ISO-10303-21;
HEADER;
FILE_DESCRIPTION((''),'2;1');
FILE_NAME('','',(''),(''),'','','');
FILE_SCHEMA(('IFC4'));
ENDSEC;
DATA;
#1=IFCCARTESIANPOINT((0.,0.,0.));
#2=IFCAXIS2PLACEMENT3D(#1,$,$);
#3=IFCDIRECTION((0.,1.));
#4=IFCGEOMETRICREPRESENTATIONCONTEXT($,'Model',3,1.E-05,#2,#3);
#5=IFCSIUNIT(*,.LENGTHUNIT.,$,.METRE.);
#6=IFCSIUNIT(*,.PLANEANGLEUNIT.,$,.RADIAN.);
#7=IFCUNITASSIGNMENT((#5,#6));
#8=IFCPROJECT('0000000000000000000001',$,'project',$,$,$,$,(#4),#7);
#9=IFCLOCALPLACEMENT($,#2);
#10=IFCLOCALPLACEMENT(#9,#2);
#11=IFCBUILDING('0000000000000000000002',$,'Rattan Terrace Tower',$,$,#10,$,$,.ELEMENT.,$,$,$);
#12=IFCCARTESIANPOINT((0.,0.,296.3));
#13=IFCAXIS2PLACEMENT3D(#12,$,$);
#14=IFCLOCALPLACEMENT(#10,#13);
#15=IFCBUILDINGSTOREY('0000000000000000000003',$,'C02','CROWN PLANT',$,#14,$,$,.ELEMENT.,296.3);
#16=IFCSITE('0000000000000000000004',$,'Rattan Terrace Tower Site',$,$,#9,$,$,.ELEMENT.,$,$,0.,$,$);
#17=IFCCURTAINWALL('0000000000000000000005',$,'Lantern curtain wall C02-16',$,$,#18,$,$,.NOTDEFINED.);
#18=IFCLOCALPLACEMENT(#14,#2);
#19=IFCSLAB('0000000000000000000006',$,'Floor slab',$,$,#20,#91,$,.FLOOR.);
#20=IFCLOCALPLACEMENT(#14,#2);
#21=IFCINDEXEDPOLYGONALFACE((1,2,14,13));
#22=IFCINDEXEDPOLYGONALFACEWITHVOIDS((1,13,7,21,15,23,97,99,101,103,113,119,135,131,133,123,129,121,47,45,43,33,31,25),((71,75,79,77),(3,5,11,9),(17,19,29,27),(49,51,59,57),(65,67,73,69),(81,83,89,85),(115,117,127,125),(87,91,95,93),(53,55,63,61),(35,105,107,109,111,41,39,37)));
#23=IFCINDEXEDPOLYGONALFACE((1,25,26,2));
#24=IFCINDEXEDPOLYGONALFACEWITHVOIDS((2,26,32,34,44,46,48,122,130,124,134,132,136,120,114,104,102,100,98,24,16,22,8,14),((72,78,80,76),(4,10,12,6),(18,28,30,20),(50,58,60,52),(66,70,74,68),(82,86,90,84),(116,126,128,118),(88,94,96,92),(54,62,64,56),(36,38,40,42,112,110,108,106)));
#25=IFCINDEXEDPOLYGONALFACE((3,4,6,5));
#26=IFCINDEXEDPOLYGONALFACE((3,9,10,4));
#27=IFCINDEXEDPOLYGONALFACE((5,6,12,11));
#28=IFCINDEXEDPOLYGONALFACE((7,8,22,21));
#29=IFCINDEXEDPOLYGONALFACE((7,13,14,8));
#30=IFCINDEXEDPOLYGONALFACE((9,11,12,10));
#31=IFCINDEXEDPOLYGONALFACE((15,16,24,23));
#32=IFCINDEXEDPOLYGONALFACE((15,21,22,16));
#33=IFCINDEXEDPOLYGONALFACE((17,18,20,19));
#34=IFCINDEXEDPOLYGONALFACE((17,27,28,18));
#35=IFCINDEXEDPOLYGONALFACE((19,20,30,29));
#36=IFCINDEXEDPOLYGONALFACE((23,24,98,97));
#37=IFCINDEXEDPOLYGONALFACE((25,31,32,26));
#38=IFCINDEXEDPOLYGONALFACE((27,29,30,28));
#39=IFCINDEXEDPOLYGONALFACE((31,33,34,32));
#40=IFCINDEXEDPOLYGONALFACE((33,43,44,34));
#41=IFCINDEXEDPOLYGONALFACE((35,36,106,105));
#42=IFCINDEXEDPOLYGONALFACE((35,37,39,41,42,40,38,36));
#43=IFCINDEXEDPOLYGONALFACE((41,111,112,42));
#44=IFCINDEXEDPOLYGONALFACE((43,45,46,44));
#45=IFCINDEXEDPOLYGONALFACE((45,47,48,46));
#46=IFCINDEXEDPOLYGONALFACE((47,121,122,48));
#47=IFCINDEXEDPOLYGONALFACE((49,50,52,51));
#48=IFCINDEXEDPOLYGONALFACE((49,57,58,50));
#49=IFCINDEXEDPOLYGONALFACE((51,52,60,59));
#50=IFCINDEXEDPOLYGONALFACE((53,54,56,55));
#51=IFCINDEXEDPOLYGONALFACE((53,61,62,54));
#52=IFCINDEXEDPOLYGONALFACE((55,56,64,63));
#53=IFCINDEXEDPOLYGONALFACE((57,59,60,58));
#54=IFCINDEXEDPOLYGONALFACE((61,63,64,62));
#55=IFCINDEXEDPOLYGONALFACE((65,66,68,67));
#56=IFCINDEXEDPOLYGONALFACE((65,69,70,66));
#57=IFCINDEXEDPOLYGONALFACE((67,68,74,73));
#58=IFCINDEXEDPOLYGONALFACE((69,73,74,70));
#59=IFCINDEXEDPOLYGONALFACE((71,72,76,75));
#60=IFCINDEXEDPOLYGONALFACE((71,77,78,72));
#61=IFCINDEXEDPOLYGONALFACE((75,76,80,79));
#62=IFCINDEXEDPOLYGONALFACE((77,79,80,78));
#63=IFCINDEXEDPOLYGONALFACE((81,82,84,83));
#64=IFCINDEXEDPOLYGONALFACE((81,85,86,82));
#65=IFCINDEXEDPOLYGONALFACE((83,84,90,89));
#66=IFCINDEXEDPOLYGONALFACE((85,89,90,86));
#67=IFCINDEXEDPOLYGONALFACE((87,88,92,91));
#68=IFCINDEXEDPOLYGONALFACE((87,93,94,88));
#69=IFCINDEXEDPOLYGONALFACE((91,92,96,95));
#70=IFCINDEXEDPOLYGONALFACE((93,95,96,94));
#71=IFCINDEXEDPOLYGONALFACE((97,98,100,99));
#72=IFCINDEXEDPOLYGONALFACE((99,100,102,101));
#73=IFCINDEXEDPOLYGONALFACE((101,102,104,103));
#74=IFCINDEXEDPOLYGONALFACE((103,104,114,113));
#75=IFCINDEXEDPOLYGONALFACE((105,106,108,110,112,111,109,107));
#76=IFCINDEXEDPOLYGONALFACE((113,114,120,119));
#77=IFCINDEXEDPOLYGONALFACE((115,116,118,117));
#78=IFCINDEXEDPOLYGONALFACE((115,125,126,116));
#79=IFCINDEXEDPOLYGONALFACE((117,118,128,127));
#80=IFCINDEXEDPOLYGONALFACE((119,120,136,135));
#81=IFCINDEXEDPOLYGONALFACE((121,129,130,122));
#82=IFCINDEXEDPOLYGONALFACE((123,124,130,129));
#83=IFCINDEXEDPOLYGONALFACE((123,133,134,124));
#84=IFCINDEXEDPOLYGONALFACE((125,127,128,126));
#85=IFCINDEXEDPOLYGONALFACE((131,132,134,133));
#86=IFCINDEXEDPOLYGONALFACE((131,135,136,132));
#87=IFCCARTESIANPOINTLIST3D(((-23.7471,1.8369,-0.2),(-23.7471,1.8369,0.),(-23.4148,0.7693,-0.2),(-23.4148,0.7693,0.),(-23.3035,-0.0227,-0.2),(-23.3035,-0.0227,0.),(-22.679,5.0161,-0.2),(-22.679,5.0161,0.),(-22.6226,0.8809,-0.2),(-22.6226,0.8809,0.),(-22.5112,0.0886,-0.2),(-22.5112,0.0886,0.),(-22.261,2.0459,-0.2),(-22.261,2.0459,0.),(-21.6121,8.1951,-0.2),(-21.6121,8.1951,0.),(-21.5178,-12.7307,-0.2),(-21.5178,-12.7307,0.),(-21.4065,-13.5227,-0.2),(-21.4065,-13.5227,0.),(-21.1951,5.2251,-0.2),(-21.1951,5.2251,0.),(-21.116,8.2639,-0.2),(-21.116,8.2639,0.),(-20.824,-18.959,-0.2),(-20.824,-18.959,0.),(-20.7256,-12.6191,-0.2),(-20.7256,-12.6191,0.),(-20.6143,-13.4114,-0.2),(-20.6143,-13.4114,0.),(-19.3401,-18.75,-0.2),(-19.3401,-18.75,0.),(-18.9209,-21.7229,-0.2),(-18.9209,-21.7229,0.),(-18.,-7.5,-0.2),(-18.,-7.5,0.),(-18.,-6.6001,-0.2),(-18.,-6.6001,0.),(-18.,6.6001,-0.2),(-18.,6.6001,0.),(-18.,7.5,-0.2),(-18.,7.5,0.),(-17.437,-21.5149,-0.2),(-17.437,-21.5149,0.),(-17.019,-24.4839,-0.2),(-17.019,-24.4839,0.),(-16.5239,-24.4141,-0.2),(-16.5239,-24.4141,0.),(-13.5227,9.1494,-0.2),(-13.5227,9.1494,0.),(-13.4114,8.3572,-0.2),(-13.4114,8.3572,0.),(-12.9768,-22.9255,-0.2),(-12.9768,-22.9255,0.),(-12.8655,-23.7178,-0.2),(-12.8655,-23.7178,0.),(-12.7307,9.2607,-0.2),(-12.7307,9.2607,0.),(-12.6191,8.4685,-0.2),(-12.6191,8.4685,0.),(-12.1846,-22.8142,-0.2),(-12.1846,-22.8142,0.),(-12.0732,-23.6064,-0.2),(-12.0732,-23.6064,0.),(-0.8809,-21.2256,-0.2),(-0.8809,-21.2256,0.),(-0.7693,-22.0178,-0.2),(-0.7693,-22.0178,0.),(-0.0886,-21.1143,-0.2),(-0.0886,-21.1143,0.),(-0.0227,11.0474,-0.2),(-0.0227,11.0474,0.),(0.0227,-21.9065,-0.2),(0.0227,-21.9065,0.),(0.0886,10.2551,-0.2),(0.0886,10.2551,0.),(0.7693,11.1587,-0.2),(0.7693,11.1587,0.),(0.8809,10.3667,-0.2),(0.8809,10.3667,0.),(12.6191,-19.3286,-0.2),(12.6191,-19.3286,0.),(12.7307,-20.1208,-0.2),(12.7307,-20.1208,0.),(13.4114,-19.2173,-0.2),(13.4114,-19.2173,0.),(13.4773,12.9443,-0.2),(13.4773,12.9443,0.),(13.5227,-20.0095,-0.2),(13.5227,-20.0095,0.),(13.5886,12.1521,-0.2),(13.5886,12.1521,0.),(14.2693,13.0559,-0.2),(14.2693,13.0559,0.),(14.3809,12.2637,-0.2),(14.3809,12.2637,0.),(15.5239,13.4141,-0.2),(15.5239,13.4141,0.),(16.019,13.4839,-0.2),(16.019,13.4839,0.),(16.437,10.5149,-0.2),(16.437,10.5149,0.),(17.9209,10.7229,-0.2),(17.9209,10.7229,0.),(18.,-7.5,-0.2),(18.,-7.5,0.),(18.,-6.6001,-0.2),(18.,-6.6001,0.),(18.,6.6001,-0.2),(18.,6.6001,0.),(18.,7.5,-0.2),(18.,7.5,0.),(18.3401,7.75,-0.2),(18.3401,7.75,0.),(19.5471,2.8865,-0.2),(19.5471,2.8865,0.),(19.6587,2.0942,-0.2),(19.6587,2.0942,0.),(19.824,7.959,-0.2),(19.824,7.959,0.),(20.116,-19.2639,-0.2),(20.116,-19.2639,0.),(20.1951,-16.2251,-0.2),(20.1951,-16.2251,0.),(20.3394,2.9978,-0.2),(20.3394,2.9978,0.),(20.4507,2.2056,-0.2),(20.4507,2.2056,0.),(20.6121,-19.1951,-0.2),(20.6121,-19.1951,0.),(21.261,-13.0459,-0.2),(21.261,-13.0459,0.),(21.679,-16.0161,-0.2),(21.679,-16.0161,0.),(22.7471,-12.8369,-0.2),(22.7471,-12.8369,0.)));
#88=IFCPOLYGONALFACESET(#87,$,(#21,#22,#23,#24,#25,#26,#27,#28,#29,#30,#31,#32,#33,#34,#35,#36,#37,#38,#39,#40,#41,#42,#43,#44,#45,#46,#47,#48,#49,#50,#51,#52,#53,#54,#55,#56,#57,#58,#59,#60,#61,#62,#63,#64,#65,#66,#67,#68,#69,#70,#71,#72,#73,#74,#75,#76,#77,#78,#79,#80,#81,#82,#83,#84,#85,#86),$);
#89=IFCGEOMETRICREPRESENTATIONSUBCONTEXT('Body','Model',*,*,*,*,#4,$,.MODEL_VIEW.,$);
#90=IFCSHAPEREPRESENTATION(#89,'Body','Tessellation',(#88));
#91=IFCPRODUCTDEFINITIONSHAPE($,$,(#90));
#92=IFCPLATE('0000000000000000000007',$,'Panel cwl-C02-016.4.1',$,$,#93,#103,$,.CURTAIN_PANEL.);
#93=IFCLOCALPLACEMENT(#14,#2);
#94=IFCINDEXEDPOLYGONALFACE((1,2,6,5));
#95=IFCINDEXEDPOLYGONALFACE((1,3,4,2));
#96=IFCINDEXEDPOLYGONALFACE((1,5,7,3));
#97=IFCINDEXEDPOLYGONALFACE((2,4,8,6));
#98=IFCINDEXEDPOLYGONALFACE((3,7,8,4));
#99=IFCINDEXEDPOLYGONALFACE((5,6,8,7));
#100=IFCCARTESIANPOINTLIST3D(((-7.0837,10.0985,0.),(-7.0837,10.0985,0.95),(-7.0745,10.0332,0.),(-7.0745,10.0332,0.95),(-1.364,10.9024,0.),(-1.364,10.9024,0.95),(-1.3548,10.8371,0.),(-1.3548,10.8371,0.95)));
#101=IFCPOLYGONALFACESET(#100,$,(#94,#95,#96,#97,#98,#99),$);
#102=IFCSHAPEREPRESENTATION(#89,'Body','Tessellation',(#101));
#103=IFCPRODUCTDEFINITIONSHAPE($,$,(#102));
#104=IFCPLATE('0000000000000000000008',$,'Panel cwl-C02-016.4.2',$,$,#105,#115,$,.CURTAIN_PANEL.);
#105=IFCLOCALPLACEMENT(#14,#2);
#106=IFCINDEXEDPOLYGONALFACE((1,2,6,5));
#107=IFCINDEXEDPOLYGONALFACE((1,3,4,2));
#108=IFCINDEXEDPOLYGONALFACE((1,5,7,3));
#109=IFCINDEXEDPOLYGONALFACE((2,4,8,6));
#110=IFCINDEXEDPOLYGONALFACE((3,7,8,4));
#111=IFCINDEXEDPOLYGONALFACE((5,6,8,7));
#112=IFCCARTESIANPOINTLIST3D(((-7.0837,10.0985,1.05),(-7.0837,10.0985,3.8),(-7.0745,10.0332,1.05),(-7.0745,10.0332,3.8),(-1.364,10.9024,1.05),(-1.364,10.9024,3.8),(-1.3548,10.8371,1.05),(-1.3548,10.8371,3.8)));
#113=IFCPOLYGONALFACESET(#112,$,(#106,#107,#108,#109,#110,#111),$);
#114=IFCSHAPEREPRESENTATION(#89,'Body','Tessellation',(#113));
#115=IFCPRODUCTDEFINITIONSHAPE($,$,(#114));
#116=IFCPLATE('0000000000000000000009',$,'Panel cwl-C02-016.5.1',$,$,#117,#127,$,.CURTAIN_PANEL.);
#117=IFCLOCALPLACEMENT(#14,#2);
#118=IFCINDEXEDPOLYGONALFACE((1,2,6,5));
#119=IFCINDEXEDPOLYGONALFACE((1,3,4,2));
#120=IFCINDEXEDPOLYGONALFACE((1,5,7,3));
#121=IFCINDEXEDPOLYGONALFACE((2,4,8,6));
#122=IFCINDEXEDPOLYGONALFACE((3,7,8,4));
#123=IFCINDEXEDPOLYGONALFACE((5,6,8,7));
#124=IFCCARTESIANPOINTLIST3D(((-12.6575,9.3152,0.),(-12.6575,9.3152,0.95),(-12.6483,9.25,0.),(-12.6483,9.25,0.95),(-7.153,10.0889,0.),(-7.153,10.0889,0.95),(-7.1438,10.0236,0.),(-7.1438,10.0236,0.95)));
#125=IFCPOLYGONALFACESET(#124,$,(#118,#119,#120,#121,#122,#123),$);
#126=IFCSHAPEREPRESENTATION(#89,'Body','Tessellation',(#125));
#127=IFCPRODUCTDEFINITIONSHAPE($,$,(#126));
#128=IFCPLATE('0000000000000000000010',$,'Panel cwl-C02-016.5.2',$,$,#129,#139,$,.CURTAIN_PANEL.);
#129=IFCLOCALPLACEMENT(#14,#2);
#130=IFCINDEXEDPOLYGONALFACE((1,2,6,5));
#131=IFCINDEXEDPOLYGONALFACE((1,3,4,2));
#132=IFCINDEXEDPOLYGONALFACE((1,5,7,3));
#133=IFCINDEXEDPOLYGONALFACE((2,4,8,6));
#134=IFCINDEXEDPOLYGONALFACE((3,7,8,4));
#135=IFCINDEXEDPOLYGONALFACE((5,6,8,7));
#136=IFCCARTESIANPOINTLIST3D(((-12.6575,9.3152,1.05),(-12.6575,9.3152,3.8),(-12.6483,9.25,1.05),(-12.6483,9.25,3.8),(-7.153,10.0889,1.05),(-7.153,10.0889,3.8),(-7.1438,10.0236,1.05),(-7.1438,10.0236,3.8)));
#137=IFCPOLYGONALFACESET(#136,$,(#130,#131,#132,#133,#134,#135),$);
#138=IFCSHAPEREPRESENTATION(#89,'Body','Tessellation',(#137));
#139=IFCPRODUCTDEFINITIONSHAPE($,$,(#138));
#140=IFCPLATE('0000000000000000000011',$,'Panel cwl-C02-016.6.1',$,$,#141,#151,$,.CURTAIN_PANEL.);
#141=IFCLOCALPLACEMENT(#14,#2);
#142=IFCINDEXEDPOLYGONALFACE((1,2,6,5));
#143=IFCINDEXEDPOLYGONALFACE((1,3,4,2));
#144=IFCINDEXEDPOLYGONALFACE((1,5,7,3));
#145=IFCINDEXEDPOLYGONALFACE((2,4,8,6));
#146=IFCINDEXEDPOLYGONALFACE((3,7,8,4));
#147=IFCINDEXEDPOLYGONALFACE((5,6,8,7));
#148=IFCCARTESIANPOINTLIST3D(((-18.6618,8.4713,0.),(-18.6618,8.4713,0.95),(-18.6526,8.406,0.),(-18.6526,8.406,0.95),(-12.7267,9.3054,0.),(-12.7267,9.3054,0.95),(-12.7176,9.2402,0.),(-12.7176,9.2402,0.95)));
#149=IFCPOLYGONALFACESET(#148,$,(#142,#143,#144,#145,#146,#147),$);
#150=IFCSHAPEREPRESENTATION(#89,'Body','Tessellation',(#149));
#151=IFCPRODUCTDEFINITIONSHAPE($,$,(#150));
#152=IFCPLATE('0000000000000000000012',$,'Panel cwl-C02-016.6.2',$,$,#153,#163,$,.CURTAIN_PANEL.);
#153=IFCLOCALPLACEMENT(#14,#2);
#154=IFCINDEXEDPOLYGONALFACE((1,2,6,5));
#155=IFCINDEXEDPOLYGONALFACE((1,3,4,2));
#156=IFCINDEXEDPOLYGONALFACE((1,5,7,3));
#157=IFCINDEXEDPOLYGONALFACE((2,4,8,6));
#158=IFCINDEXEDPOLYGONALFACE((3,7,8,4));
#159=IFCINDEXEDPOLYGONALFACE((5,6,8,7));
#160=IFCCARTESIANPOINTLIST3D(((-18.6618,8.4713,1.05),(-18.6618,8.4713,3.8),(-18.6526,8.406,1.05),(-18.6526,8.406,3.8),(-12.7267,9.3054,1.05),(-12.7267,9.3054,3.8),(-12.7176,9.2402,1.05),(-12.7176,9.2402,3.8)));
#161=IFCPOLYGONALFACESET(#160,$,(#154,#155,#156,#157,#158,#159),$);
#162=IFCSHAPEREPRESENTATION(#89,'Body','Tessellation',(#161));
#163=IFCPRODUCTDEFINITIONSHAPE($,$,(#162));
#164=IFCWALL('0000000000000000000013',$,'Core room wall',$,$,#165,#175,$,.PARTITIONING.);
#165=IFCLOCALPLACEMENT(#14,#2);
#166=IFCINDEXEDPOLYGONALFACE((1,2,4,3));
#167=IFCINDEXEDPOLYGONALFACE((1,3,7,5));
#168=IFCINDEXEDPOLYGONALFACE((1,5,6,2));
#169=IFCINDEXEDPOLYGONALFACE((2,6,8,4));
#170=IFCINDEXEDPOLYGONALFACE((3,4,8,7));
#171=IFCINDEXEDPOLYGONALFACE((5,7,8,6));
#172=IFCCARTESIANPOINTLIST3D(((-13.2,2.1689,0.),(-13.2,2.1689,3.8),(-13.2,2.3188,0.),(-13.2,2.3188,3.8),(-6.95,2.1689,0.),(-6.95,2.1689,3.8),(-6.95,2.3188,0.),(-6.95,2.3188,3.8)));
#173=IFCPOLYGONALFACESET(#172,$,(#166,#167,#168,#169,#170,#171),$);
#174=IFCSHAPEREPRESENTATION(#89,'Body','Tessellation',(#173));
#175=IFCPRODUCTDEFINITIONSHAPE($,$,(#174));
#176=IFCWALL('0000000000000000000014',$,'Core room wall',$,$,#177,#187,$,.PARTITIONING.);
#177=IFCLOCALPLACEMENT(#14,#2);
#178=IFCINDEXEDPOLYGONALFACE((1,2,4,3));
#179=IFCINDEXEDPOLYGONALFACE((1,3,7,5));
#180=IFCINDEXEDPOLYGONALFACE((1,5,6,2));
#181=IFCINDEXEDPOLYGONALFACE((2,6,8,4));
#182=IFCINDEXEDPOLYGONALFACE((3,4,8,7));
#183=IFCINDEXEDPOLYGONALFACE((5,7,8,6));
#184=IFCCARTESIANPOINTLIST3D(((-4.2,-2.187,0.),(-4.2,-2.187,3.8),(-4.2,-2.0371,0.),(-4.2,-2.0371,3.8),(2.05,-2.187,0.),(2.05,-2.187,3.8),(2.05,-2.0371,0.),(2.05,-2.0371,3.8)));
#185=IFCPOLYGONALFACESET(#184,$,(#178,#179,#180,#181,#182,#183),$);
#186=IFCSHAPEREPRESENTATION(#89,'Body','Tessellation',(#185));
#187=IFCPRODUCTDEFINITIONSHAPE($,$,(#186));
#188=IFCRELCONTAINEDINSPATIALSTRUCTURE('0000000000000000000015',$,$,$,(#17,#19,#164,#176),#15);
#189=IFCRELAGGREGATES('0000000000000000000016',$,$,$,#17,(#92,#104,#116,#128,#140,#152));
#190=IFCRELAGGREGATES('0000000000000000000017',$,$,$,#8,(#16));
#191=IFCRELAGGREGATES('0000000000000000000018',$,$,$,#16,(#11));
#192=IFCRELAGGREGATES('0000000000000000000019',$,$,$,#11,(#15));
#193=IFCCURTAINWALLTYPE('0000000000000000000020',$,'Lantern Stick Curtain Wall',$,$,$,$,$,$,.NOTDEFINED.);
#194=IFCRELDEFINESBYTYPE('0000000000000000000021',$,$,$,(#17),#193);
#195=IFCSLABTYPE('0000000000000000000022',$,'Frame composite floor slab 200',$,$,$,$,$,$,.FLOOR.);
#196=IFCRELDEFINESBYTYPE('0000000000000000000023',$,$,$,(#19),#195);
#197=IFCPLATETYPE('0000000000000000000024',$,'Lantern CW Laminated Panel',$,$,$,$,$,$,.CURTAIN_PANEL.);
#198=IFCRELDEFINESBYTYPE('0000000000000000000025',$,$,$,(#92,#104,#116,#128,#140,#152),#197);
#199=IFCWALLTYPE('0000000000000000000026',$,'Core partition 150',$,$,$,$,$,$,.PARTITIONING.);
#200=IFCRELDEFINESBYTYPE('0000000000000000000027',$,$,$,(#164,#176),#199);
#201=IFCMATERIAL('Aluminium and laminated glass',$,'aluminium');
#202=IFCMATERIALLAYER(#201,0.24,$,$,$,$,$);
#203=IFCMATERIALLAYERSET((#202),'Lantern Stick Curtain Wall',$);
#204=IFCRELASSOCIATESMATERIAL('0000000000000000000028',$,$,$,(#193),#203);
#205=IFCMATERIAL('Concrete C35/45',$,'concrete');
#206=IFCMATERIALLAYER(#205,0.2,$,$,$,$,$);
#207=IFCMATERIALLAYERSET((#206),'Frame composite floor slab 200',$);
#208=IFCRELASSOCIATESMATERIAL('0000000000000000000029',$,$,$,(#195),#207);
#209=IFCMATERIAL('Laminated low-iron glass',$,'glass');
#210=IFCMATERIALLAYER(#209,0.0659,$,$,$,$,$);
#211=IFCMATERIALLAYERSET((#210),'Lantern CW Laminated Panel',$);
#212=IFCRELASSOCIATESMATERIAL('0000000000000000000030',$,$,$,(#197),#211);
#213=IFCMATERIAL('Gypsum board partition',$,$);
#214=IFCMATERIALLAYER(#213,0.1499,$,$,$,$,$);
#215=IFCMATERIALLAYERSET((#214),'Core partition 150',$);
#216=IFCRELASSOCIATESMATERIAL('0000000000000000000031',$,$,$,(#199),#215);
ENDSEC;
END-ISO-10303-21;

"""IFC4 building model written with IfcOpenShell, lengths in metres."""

from ifc_helpers import new_model, si_unit, direction, frame, frame_2d, origin, origin_2d, place, context, subcontext, project, spatial, polyline, rectangle, outline, extrude, material, layer, layer_set, type_object, element, aggregate, save


model = new_model("IFC4")

# Units and contexts
model_context = context("Model", 3, precision=1e-05, world=origin(), true_north=direction((0.0, 1.0)))
body_context = subcontext(model_context, "Body", "Model", "MODEL_VIEW")
ifc_project = project(units=[si_unit("LENGTHUNIT", "METRE"), si_unit("PLANEANGLEUNIT", "RADIAN")], contexts=[model_context])

# Site, building, storey
site_placement = place(None, origin())
site = spatial("IfcSite", under=ifc_project, at=site_placement, Name="Rattan Terrace Tower Site", CompositionType="ELEMENT", RefElevation=0.0)
building_placement = place(site_placement, origin())
building = spatial("IfcBuilding", under=site, at=building_placement, Name="Rattan Terrace Tower", CompositionType="ELEMENT")
storey_placement = place(building_placement, frame((0.0, 0.0, 296.3)))
storey = spatial("IfcBuildingStorey", under=building, at=storey_placement, Name="C02", Description="CROWN PLANT", CompositionType="ELEMENT", Elevation=296.3)

# Curtain wall
ifc_material_1 = material(Name="Aluminium and laminated glass", Category="aluminium")
ifc_layer_1 = layer(ifc_material_1, 0.24)
ifc_layer_set_1 = layer_set([ifc_layer_1], Name="Lantern Stick Curtain Wall")
curtain_wall_type = type_object("IfcCurtainWallType", Name="Lantern Stick Curtain Wall", PredefinedType="NOTDEFINED", material=ifc_layer_set_1)
curtain_wall_placement = place(storey_placement, origin())
curtain_wall = element("IfcCurtainWall", 1, at=curtain_wall_placement, inside=storey, type_object=curtain_wall_type, Name="Lantern curtain wall C02-16", PredefinedType="NOTDEFINED")

# Slab
ifc_material_2 = material(Name="Concrete C35/45", Category="concrete")
ifc_layer_2 = layer(ifc_material_2, 0.2)
ifc_layer_set_2 = layer_set([ifc_layer_2], Name="Frame composite floor slab 200")
slab_type = type_object("IfcSlabType", Name="Frame composite floor slab 200", PredefinedType="FLOOR", material=ifc_layer_set_2)
slab_placement = place(storey_placement, frame((0.0, 0.0, -0.2)))
element("IfcSlab", 2, at=slab_placement, inside=storey, type_object=slab_type, Name="Floor slab", PredefinedType="FLOOR", context=body_context, shape_type="SweptSolid", body=[
    extrude(outline(polyline([(-22.261, 2.0459), (-23.7471, 1.8369), (-20.824, -18.959), (-19.3401, -18.75), (-18.9209, -21.7229), (-17.437, -21.5149), (-17.019, -24.4839), (-16.5239, -24.4141), (20.116, -19.2639), (20.6121, -19.1951), (20.1951, -16.2251), (21.679, -16.0161), (21.261, -13.0459), (22.7471, -12.8369), (19.824, 7.959), (18.3401, 7.75), (17.9209, 10.7229), (16.437, 10.5149), (16.019, 13.4839), (15.5239, 13.4141), (-21.116, 8.2639), (-21.6121, 8.1951), (-21.1951, 5.2251), (-22.679, 5.0161), (-22.261, 2.0459)]), holes=[polyline([(-12.0732, -23.6064), (-12.1846, -22.8142), (-12.9768, -22.9255), (-12.8655, -23.7178), (-12.0732, -23.6064)]), polyline([(0.0227, -21.9065), (-0.0886, -21.1143), (-0.8809, -21.2256), (-0.7693, -22.0178), (0.0227, -21.9065)]), polyline([(-20.7256, -12.6191), (-21.5178, -12.7307), (-21.4065, -13.5227), (-20.6143, -13.4114), (-20.7256, -12.6191)]), polyline([(-18.0, -6.6001), (-18.0, -7.5), (18.0, -7.5), (18.0, -6.6001), (18.0, 6.6001), (18.0, 7.5), (-18.0, 7.5), (-18.0, 6.6001), (-18.0, -6.6001)]), polyline([(-22.5112, 0.0886), (-22.6226, 0.8809), (-23.4148, 0.7693), (-23.3035, -0.0227), (-22.5112, 0.0886)]), polyline([(-12.6191, 8.4685), (-12.7307, 9.2607), (-13.5227, 9.1494), (-13.4114, 8.3572), (-12.6191, 8.4685)]), polyline([(13.5227, -20.0095), (13.4114, -19.2173), (12.6191, -19.3286), (12.7307, -20.1208), (13.5227, -20.0095)]), polyline([(20.4507, 2.2056), (20.3394, 2.9978), (19.5471, 2.8865), (19.6587, 2.0942), (20.4507, 2.2056)]), polyline([(0.0886, 10.2551), (0.8809, 10.3667), (0.7693, 11.1587), (-0.0227, 11.0474), (0.0886, 10.2551)]), polyline([(13.5886, 12.1521), (14.3809, 12.2637), (14.2693, 13.0559), (13.4773, 12.9443), (13.5886, 12.1521)])]), origin(), (0.0, 0.0, 1.0), 0.2),
])

# Plates
ifc_material_3 = material(Name="Laminated low-iron glass", Category="glass")
ifc_layer_3 = layer(ifc_material_3, 0.0659)
ifc_layer_set_3 = layer_set([ifc_layer_3], Name="Lantern CW Laminated Panel")
plate_type = type_object("IfcPlateType", Name="Lantern CW Laminated Panel", PredefinedType="CURTAIN_PANEL", material=ifc_layer_set_3)
plate_1_placement = place(storey_placement, frame((-4.2192, 10.4678, 0.0), z_axis=(0.0, 0.0, 1.0), x_axis=(-0.990267, -0.139181, 0.0)))
plate_1 = element("IfcPlate", 3, at=plate_1_placement, type_object=plate_type, Name="Panel cwl-C02-016.4.1", PredefinedType="CURTAIN_PANEL", context=body_context, shape_type="SweptSolid", body=[
    extrude(rectangle(XDim=5.7759, YDim=0.0659, at=origin_2d()), origin(), (0.0, 0.0, 1.0), 0.95),
])
plate_2_placement = place(storey_placement, frame((-4.2192, 10.4678, 1.05), z_axis=(0.0, 0.0, 1.0), x_axis=(-0.990267, -0.139181, 0.0)))
plate_2 = element("IfcPlate", 4, at=plate_2_placement, type_object=plate_type, Name="Panel cwl-C02-016.4.2", PredefinedType="CURTAIN_PANEL", context=body_context, shape_type="SweptSolid", body=[
    extrude(rectangle(XDim=5.7759, YDim=0.0659, at=origin_2d()), origin(), (0.0, 0.0, 1.0), 2.75),
])
plate_3_placement = place(storey_placement, frame((-9.9006, 9.6694, 0.0), z_axis=(0.0, 0.0, 1.0), x_axis=(-0.990267, -0.139181, 0.0)))
plate_3 = element("IfcPlate", 5, at=plate_3_placement, type_object=plate_type, Name="Panel cwl-C02-016.5.1", PredefinedType="CURTAIN_PANEL", context=body_context, shape_type="SweptSolid", body=[
    extrude(rectangle(XDim=5.5586, YDim=0.0659, at=origin_2d()), origin(), (0.0, 0.0, 1.0), 0.95),
])
plate_4_placement = place(storey_placement, frame((-9.9006, 9.6694, 1.05), z_axis=(0.0, 0.0, 1.0), x_axis=(-0.990267, -0.139181, 0.0)))
plate_4 = element("IfcPlate", 6, at=plate_4_placement, type_object=plate_type, Name="Panel cwl-C02-016.5.2", PredefinedType="CURTAIN_PANEL", context=body_context, shape_type="SweptSolid", body=[
    extrude(rectangle(XDim=5.5586, YDim=0.0659, at=origin_2d()), origin(), (0.0, 0.0, 1.0), 2.75),
])
plate_5_placement = place(storey_placement, frame((-15.6897, 8.8557, 0.0), z_axis=(0.0, 0.0, 1.0), x_axis=(-0.990267, -0.139181, 0.0)))
plate_5 = element("IfcPlate", 7, at=plate_5_placement, type_object=plate_type, Name="Panel cwl-C02-016.6.1", PredefinedType="CURTAIN_PANEL", context=body_context, shape_type="SweptSolid", body=[
    extrude(rectangle(XDim=5.9934, YDim=0.0659, at=origin_2d()), origin(), (0.0, 0.0, 1.0), 0.95),
])
plate_6_placement = place(storey_placement, frame((-15.6897, 8.8557, 1.05), z_axis=(0.0, 0.0, 1.0), x_axis=(-0.990267, -0.139181, 0.0)))
plate_6 = element("IfcPlate", 8, at=plate_6_placement, type_object=plate_type, Name="Panel cwl-C02-016.6.2", PredefinedType="CURTAIN_PANEL", context=body_context, shape_type="SweptSolid", body=[
    extrude(rectangle(XDim=5.9934, YDim=0.0659, at=origin_2d()), origin(), (0.0, 0.0, 1.0), 2.75),
])
aggregate(curtain_wall, [plate_1, plate_2, plate_3, plate_4, plate_5, plate_6])

# Walls
ifc_material_4 = material(Name="Gypsum board partition")
ifc_layer_4 = layer(ifc_material_4, 0.1499)
ifc_layer_set_4 = layer_set([ifc_layer_4], Name="Core partition 150")
wall_type_1 = type_object("IfcWallType", Name="Core partition 150", PredefinedType="PARTITIONING", material=ifc_layer_set_4)
for number, where, z_axis, x_axis, name in (
    (9, (-13.2, 2.2439, 0.0), (0.0, 0.0, 1.0), (1.0, 0.0, 0.0), "Core room wall"),
    (10, (-4.2, -2.1121, 0.0), (0.0, 0.0, 1.0), (1.0, 0.0, 0.0), "Core room wall"),
):
    element("IfcWall", number, at=place(storey_placement, frame(where, z_axis=z_axis, x_axis=x_axis)), inside=storey, type_object=wall_type_1, Name=name, PredefinedType="PARTITIONING", context=body_context, shape_type="SweptSolid", body=[
        extrude(rectangle(XDim=6.25, YDim=0.1499, at=frame_2d((3.125, 0.0))), origin(), (0.0, 0.0, 1.0), 3.8),
    ])

save(model, "model.ifc")
